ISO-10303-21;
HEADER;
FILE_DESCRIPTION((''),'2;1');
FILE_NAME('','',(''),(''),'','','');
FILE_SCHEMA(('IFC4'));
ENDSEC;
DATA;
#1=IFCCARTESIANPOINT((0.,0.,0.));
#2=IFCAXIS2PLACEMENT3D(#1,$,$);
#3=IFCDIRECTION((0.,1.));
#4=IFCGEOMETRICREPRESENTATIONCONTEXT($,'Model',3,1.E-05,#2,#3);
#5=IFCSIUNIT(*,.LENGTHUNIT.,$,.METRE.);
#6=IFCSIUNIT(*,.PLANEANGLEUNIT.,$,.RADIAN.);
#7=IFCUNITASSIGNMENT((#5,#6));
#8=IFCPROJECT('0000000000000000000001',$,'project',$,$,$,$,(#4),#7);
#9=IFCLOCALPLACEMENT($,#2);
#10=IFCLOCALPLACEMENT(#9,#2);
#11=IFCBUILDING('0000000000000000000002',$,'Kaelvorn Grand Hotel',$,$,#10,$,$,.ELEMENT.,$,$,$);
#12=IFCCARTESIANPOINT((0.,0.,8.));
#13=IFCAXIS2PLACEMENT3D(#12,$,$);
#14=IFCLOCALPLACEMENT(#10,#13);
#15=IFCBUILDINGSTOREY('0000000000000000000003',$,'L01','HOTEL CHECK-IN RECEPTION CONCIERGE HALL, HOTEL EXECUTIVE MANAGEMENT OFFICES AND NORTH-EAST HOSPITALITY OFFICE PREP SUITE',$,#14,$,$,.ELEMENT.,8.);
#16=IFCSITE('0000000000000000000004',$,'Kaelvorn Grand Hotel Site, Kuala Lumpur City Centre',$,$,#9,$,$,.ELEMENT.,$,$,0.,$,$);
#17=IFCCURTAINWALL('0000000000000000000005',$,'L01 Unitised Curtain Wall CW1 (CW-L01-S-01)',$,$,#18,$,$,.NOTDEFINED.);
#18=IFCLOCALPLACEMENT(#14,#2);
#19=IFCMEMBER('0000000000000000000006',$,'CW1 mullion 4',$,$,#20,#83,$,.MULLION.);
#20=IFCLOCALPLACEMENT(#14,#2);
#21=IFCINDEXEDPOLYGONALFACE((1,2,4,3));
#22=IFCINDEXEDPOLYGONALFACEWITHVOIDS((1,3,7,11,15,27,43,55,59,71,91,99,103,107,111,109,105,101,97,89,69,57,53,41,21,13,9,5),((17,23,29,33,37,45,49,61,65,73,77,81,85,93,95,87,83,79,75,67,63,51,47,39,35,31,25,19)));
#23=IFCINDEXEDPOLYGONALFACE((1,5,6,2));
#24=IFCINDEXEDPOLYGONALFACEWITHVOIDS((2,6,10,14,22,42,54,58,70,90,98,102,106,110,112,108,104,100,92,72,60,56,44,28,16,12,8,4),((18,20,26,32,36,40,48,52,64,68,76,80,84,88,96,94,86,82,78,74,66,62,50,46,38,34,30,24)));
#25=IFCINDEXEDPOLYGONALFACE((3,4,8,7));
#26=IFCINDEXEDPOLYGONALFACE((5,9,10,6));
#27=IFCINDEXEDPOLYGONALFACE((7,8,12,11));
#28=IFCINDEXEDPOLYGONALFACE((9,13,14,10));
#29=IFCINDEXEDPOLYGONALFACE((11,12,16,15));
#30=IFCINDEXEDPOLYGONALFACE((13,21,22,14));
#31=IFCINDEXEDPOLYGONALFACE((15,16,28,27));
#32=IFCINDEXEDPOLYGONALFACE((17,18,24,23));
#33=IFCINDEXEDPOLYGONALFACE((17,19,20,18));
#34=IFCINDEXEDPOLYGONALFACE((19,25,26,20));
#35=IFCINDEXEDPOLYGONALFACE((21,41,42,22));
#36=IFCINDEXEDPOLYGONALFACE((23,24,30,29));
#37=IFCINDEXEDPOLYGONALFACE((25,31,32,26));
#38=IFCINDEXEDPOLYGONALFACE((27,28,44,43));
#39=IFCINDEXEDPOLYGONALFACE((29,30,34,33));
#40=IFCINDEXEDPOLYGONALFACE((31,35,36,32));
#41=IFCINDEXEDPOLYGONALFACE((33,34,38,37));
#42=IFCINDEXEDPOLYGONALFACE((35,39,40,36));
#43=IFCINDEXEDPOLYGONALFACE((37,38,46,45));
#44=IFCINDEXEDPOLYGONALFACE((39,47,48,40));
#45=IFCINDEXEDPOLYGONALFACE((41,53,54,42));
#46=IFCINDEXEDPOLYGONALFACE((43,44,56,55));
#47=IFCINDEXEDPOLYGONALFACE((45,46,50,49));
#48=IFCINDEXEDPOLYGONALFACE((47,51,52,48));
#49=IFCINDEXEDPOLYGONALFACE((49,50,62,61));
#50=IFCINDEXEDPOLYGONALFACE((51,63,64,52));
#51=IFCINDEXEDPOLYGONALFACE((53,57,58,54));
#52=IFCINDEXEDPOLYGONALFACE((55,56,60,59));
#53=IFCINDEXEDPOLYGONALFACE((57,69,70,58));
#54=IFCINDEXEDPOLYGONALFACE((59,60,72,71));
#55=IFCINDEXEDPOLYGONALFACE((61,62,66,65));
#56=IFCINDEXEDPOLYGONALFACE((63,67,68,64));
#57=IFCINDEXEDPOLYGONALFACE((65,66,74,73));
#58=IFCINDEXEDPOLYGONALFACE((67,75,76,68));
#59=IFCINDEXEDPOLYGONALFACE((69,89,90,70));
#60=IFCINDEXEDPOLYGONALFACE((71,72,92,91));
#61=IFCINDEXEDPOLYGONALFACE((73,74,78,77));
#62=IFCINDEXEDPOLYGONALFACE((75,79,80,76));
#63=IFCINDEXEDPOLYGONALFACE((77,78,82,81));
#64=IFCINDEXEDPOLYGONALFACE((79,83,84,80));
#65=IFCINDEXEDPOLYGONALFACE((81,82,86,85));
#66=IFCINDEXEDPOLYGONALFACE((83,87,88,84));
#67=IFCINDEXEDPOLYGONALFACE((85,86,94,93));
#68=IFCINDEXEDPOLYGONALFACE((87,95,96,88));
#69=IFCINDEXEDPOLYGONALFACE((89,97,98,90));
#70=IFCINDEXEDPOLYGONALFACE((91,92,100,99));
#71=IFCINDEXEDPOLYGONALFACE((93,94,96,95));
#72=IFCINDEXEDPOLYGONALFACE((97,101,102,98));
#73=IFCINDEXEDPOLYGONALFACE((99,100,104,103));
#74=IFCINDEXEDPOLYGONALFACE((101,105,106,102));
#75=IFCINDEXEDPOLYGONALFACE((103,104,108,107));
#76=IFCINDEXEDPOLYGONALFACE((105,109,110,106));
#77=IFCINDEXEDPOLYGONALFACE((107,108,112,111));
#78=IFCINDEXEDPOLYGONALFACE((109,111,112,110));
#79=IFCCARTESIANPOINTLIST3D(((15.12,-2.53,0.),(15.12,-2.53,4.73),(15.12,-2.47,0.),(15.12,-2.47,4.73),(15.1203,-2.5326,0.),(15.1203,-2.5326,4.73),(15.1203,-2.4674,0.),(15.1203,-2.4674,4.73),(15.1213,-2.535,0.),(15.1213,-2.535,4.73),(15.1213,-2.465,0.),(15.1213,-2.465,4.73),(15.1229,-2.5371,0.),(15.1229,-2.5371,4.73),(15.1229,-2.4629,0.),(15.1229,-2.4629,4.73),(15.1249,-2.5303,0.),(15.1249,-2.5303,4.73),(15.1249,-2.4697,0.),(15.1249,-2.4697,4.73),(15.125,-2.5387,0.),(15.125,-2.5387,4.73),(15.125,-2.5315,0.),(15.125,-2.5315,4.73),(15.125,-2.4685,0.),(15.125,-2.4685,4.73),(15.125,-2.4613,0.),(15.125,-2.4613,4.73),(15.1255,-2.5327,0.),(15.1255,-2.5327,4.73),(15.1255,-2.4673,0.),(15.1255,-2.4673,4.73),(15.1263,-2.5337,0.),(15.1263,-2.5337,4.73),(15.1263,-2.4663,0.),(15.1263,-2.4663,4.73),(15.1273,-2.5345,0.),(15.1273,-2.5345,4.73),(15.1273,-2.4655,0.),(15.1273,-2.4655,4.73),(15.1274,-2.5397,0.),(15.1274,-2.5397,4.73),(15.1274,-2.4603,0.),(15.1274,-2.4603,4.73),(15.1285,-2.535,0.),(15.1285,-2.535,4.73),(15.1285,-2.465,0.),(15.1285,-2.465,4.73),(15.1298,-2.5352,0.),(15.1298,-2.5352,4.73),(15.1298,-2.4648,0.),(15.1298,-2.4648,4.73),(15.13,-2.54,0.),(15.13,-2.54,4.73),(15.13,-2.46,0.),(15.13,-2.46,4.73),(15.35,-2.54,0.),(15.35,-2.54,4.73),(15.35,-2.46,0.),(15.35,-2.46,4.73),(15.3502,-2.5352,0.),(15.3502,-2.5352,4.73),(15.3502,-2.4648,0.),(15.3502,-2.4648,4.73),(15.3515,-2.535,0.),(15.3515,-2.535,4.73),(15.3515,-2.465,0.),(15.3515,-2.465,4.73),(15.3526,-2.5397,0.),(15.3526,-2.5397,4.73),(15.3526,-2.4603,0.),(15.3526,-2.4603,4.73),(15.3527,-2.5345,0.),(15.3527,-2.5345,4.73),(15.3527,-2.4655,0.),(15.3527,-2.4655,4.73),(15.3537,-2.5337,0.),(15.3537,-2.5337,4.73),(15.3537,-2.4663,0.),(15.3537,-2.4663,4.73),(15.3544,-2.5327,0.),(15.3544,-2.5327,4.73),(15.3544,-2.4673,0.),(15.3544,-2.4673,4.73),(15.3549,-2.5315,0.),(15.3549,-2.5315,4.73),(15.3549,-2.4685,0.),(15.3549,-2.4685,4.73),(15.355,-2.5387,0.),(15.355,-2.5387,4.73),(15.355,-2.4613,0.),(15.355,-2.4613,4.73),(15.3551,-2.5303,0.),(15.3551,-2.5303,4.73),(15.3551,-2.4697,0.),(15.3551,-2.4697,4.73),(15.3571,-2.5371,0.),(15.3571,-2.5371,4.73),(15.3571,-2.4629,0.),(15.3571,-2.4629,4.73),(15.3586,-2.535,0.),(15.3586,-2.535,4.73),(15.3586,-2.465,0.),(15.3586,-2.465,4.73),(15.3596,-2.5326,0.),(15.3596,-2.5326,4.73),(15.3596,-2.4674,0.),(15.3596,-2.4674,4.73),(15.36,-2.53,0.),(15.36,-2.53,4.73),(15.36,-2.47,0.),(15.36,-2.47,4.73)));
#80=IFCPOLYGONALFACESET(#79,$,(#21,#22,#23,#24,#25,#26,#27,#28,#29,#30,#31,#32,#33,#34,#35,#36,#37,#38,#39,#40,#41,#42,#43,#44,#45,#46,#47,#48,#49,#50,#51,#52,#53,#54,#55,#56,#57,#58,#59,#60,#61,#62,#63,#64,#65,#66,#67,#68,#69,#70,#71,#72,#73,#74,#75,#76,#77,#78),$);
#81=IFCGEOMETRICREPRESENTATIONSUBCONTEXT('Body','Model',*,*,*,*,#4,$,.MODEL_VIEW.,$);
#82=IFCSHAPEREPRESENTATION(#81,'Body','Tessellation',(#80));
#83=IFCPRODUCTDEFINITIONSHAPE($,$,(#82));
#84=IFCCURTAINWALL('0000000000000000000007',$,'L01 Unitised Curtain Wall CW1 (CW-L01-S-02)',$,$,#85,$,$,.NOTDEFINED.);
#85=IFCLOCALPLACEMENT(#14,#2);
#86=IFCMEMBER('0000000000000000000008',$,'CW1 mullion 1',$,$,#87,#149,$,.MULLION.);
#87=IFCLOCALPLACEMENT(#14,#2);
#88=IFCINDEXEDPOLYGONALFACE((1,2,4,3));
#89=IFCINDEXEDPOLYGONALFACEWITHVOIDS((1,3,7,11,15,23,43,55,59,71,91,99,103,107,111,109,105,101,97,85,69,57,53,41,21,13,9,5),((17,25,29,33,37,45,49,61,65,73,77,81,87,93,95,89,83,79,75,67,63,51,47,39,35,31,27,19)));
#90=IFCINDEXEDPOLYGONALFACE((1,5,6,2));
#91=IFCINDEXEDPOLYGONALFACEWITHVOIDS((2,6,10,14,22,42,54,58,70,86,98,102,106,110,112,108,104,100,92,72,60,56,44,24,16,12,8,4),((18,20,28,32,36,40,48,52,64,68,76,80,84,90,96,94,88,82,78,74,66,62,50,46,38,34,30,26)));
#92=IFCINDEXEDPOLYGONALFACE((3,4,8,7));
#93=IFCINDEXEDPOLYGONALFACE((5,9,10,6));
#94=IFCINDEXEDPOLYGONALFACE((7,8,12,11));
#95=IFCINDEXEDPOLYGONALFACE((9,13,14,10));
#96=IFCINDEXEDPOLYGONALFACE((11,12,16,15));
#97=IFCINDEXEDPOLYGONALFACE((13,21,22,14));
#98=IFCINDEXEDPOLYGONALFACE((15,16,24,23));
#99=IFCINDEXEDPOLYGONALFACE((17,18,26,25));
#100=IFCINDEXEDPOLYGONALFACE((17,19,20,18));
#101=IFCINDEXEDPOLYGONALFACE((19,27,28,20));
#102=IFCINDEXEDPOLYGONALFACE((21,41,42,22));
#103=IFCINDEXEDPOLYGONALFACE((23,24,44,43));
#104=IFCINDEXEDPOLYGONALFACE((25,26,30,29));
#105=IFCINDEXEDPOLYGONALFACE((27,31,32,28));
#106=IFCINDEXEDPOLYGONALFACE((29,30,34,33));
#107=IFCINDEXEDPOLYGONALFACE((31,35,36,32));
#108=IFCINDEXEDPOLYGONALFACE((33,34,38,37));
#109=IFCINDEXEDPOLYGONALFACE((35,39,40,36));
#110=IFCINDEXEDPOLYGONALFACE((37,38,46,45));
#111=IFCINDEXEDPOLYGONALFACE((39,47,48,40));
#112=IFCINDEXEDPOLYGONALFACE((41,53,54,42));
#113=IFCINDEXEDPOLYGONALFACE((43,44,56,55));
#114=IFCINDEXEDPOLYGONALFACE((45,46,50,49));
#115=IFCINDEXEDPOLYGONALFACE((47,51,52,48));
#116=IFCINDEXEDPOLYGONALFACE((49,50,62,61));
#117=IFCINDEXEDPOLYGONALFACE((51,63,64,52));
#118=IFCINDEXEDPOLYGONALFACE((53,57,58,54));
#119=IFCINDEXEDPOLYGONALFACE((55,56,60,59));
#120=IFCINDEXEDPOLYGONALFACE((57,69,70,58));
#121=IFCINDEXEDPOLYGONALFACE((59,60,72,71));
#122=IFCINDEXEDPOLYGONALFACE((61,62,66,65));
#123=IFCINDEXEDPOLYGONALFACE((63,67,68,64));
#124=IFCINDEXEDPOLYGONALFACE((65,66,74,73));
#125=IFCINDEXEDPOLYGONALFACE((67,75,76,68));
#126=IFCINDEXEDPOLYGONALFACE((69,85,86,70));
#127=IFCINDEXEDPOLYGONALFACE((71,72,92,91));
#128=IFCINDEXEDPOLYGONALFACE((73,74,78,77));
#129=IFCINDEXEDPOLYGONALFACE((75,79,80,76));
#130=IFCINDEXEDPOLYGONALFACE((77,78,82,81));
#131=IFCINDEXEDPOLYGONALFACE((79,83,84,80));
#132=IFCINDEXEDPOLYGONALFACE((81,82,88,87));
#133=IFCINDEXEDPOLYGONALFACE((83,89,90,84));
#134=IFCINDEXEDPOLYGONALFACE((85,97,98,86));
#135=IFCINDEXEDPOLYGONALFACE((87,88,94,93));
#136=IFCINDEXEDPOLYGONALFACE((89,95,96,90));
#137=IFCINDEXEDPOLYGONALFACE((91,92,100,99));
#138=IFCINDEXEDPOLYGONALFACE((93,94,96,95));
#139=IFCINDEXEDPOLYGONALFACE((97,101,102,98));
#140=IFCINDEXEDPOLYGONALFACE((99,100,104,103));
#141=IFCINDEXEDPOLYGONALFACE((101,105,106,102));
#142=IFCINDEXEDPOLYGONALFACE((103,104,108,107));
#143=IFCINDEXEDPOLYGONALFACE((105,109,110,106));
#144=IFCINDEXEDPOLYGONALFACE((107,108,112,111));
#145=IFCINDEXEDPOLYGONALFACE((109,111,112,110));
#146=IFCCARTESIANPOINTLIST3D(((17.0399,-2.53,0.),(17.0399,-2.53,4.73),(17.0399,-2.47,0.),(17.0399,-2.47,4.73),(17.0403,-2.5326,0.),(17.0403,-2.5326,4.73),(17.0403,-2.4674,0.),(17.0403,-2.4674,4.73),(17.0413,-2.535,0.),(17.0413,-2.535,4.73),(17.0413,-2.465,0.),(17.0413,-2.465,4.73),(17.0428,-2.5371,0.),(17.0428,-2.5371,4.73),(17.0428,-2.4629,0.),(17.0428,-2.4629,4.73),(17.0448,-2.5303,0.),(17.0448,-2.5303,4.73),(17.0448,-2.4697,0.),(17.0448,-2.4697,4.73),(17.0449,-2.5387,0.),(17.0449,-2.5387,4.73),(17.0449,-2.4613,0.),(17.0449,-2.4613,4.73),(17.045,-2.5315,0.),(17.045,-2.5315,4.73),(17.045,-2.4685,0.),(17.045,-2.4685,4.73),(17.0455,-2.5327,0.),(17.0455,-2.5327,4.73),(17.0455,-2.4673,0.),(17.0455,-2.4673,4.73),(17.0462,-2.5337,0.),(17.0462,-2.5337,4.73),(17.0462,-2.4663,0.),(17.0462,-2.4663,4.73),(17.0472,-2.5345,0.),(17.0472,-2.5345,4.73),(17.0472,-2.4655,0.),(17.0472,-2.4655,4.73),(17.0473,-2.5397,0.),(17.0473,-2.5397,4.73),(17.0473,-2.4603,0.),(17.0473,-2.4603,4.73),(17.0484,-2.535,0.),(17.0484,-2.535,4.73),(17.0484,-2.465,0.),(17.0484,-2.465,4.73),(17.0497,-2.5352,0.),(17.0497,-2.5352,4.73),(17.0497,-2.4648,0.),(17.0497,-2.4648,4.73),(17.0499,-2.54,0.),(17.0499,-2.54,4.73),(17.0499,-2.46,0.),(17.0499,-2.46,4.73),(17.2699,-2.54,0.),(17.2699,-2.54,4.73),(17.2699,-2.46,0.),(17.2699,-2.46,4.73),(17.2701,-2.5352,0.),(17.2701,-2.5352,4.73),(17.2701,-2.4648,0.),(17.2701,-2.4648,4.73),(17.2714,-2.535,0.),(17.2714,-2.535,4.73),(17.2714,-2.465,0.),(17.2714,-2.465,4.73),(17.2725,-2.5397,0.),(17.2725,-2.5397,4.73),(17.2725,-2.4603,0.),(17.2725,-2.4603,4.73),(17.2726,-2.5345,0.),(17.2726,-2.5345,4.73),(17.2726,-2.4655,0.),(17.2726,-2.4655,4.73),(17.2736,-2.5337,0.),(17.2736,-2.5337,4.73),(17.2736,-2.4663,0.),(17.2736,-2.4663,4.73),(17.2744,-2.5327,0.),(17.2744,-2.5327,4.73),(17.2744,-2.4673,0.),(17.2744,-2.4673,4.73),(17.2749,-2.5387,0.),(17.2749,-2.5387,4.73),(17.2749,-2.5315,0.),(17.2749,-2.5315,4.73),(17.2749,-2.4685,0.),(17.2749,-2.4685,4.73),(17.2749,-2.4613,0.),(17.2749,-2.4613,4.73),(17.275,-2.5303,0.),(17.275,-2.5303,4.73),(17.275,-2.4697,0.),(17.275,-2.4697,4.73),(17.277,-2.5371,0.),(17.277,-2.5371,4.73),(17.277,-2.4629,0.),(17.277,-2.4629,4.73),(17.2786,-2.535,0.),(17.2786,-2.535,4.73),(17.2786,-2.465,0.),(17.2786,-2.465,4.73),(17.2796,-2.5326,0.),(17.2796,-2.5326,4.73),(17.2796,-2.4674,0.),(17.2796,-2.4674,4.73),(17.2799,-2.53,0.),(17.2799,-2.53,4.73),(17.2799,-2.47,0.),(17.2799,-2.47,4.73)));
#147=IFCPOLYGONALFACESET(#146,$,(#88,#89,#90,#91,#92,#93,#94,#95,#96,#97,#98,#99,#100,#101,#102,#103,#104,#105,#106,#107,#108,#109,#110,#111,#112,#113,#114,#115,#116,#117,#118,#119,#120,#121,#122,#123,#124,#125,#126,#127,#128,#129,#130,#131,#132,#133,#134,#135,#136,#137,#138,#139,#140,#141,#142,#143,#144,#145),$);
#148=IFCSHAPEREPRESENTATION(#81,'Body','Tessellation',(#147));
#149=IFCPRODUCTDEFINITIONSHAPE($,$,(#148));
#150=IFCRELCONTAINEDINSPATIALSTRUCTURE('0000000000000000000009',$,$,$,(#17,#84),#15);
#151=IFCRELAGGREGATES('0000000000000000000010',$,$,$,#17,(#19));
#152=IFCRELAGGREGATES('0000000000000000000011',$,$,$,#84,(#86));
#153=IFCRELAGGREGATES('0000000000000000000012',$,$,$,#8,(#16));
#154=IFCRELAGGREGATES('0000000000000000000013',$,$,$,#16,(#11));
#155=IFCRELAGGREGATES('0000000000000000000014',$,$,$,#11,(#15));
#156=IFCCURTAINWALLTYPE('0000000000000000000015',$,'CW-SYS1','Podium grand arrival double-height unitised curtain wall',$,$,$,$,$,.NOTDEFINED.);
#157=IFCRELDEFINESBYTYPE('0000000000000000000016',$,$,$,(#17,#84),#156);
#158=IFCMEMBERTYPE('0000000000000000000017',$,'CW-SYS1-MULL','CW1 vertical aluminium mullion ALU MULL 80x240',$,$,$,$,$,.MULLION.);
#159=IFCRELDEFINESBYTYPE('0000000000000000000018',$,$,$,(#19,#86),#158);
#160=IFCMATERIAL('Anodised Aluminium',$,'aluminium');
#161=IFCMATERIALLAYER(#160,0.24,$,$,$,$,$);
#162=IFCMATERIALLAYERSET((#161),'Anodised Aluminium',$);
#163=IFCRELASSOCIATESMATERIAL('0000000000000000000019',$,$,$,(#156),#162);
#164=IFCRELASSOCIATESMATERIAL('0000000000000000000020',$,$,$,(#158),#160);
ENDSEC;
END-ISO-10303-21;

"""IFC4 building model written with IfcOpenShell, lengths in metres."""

from ifc_helpers import new_model, si_unit, direction, frame, origin, origin_2d, place, context, subcontext, project, spatial, hollow_rectangle, extrude, material, layer, layer_set, material_profile, profile_set, type_object, element, aggregate, save


model = new_model("IFC4")

# Units and contexts
model_context = context("Model", 3, precision=1e-05, world=origin(), true_north=direction((0.0, 1.0)))
body_context = subcontext(model_context, "Body", "Model", "MODEL_VIEW")
ifc_project = project(units=[si_unit("LENGTHUNIT", "METRE"), si_unit("PLANEANGLEUNIT", "RADIAN")], contexts=[model_context])

# Site, building, storey
site_placement = place(None, origin())
site = spatial("IfcSite", under=ifc_project, at=site_placement, Name="Kaelvorn Grand Hotel Site, Kuala Lumpur City Centre", CompositionType="ELEMENT", RefElevation=0.0)
building_placement = place(site_placement, origin())
building = spatial("IfcBuilding", under=site, at=building_placement, Name="Kaelvorn Grand Hotel", CompositionType="ELEMENT")
storey_placement = place(building_placement, frame((0.0, 0.0, 8.0)))
storey = spatial("IfcBuildingStorey", under=building, at=storey_placement, Name="L01", Description="HOTEL CHECK-IN RECEPTION CONCIERGE HALL, HOTEL EXECUTIVE MANAGEMENT OFFICES AND NORTH-EAST HOSPITALITY OFFICE PREP SUITE", CompositionType="ELEMENT", Elevation=8.0)

# Curtain walls, members
ifc_material_1 = material(Name="Anodised Aluminium", Category="aluminium")
ifc_layer_1 = layer(ifc_material_1, 0.24)
ifc_layer_set_1 = layer_set([ifc_layer_1], Name="Anodised Aluminium")
curtain_wall_type = type_object("IfcCurtainWallType", Name="CW-SYS1", Description="Podium grand arrival double-height unitised curtain wall", PredefinedType="NOTDEFINED", material=ifc_layer_set_1)
curtain_wall_1_placement = place(storey_placement, origin())
curtain_wall_1 = element("IfcCurtainWall", 1, at=curtain_wall_1_placement, inside=storey, type_object=curtain_wall_type, Name="L01 Unitised Curtain Wall CW1 (CW-L01-S-01)", PredefinedType="NOTDEFINED")
ifc_material_profile_1 = material_profile(ifc_material_1, hollow_rectangle(XDim=0.0801, YDim=0.24, WallThickness=0.0049, InnerFilletRadius=0.0049, OuterFilletRadius=0.01, at=origin_2d()), Name="ALU MULL 80x240")
ifc_profile_set_1 = profile_set([ifc_material_profile_1], Name="Anodised Aluminium")
member_type_1 = type_object("IfcMemberType", Name="CW-SYS1-MULL", Description="CW1 vertical aluminium mullion ALU MULL 80x240", PredefinedType="MULLION", material=ifc_profile_set_1)
member_1_placement = place(storey_placement, frame((15.24, -2.5, 0.0), z_axis=(0.0, 0.0, 1.0), x_axis=(0.0, 1.0, 0.0)))
member_1 = element("IfcMember", 2, at=member_1_placement, type_object=member_type_1, Name="CW1 mullion 4", PredefinedType="MULLION", context=body_context, shape_type="SweptSolid", body=[
    extrude(hollow_rectangle(XDim=0.0801, YDim=0.24, WallThickness=0.0049, InnerFilletRadius=0.0049, OuterFilletRadius=0.01, at=origin_2d()), origin(), (0.0, 0.0, 1.0), 4.73),
])
curtain_wall_2_placement = place(storey_placement, origin())
curtain_wall_2 = element("IfcCurtainWall", 3, at=curtain_wall_2_placement, inside=storey, type_object=curtain_wall_type, Name="L01 Unitised Curtain Wall CW1 (CW-L01-S-02)", PredefinedType="NOTDEFINED")
member_2_placement = place(storey_placement, frame((17.1599, -2.5, 0.0), z_axis=(0.0, 0.0, 1.0), x_axis=(0.0, 1.0, 0.0)))
member_2 = element("IfcMember", 4, at=member_2_placement, type_object=member_type_1, Name="CW1 mullion 1", PredefinedType="MULLION", context=body_context, shape_type="SweptSolid", body=[
    extrude(hollow_rectangle(XDim=0.0801, YDim=0.24, WallThickness=0.0049, InnerFilletRadius=0.0049, OuterFilletRadius=0.01, at=origin_2d()), origin(), (0.0, 0.0, 1.0), 4.73),
])

aggregate(curtain_wall_1, [member_1])
aggregate(curtain_wall_2, [member_2])

save(model, "model.ifc")
